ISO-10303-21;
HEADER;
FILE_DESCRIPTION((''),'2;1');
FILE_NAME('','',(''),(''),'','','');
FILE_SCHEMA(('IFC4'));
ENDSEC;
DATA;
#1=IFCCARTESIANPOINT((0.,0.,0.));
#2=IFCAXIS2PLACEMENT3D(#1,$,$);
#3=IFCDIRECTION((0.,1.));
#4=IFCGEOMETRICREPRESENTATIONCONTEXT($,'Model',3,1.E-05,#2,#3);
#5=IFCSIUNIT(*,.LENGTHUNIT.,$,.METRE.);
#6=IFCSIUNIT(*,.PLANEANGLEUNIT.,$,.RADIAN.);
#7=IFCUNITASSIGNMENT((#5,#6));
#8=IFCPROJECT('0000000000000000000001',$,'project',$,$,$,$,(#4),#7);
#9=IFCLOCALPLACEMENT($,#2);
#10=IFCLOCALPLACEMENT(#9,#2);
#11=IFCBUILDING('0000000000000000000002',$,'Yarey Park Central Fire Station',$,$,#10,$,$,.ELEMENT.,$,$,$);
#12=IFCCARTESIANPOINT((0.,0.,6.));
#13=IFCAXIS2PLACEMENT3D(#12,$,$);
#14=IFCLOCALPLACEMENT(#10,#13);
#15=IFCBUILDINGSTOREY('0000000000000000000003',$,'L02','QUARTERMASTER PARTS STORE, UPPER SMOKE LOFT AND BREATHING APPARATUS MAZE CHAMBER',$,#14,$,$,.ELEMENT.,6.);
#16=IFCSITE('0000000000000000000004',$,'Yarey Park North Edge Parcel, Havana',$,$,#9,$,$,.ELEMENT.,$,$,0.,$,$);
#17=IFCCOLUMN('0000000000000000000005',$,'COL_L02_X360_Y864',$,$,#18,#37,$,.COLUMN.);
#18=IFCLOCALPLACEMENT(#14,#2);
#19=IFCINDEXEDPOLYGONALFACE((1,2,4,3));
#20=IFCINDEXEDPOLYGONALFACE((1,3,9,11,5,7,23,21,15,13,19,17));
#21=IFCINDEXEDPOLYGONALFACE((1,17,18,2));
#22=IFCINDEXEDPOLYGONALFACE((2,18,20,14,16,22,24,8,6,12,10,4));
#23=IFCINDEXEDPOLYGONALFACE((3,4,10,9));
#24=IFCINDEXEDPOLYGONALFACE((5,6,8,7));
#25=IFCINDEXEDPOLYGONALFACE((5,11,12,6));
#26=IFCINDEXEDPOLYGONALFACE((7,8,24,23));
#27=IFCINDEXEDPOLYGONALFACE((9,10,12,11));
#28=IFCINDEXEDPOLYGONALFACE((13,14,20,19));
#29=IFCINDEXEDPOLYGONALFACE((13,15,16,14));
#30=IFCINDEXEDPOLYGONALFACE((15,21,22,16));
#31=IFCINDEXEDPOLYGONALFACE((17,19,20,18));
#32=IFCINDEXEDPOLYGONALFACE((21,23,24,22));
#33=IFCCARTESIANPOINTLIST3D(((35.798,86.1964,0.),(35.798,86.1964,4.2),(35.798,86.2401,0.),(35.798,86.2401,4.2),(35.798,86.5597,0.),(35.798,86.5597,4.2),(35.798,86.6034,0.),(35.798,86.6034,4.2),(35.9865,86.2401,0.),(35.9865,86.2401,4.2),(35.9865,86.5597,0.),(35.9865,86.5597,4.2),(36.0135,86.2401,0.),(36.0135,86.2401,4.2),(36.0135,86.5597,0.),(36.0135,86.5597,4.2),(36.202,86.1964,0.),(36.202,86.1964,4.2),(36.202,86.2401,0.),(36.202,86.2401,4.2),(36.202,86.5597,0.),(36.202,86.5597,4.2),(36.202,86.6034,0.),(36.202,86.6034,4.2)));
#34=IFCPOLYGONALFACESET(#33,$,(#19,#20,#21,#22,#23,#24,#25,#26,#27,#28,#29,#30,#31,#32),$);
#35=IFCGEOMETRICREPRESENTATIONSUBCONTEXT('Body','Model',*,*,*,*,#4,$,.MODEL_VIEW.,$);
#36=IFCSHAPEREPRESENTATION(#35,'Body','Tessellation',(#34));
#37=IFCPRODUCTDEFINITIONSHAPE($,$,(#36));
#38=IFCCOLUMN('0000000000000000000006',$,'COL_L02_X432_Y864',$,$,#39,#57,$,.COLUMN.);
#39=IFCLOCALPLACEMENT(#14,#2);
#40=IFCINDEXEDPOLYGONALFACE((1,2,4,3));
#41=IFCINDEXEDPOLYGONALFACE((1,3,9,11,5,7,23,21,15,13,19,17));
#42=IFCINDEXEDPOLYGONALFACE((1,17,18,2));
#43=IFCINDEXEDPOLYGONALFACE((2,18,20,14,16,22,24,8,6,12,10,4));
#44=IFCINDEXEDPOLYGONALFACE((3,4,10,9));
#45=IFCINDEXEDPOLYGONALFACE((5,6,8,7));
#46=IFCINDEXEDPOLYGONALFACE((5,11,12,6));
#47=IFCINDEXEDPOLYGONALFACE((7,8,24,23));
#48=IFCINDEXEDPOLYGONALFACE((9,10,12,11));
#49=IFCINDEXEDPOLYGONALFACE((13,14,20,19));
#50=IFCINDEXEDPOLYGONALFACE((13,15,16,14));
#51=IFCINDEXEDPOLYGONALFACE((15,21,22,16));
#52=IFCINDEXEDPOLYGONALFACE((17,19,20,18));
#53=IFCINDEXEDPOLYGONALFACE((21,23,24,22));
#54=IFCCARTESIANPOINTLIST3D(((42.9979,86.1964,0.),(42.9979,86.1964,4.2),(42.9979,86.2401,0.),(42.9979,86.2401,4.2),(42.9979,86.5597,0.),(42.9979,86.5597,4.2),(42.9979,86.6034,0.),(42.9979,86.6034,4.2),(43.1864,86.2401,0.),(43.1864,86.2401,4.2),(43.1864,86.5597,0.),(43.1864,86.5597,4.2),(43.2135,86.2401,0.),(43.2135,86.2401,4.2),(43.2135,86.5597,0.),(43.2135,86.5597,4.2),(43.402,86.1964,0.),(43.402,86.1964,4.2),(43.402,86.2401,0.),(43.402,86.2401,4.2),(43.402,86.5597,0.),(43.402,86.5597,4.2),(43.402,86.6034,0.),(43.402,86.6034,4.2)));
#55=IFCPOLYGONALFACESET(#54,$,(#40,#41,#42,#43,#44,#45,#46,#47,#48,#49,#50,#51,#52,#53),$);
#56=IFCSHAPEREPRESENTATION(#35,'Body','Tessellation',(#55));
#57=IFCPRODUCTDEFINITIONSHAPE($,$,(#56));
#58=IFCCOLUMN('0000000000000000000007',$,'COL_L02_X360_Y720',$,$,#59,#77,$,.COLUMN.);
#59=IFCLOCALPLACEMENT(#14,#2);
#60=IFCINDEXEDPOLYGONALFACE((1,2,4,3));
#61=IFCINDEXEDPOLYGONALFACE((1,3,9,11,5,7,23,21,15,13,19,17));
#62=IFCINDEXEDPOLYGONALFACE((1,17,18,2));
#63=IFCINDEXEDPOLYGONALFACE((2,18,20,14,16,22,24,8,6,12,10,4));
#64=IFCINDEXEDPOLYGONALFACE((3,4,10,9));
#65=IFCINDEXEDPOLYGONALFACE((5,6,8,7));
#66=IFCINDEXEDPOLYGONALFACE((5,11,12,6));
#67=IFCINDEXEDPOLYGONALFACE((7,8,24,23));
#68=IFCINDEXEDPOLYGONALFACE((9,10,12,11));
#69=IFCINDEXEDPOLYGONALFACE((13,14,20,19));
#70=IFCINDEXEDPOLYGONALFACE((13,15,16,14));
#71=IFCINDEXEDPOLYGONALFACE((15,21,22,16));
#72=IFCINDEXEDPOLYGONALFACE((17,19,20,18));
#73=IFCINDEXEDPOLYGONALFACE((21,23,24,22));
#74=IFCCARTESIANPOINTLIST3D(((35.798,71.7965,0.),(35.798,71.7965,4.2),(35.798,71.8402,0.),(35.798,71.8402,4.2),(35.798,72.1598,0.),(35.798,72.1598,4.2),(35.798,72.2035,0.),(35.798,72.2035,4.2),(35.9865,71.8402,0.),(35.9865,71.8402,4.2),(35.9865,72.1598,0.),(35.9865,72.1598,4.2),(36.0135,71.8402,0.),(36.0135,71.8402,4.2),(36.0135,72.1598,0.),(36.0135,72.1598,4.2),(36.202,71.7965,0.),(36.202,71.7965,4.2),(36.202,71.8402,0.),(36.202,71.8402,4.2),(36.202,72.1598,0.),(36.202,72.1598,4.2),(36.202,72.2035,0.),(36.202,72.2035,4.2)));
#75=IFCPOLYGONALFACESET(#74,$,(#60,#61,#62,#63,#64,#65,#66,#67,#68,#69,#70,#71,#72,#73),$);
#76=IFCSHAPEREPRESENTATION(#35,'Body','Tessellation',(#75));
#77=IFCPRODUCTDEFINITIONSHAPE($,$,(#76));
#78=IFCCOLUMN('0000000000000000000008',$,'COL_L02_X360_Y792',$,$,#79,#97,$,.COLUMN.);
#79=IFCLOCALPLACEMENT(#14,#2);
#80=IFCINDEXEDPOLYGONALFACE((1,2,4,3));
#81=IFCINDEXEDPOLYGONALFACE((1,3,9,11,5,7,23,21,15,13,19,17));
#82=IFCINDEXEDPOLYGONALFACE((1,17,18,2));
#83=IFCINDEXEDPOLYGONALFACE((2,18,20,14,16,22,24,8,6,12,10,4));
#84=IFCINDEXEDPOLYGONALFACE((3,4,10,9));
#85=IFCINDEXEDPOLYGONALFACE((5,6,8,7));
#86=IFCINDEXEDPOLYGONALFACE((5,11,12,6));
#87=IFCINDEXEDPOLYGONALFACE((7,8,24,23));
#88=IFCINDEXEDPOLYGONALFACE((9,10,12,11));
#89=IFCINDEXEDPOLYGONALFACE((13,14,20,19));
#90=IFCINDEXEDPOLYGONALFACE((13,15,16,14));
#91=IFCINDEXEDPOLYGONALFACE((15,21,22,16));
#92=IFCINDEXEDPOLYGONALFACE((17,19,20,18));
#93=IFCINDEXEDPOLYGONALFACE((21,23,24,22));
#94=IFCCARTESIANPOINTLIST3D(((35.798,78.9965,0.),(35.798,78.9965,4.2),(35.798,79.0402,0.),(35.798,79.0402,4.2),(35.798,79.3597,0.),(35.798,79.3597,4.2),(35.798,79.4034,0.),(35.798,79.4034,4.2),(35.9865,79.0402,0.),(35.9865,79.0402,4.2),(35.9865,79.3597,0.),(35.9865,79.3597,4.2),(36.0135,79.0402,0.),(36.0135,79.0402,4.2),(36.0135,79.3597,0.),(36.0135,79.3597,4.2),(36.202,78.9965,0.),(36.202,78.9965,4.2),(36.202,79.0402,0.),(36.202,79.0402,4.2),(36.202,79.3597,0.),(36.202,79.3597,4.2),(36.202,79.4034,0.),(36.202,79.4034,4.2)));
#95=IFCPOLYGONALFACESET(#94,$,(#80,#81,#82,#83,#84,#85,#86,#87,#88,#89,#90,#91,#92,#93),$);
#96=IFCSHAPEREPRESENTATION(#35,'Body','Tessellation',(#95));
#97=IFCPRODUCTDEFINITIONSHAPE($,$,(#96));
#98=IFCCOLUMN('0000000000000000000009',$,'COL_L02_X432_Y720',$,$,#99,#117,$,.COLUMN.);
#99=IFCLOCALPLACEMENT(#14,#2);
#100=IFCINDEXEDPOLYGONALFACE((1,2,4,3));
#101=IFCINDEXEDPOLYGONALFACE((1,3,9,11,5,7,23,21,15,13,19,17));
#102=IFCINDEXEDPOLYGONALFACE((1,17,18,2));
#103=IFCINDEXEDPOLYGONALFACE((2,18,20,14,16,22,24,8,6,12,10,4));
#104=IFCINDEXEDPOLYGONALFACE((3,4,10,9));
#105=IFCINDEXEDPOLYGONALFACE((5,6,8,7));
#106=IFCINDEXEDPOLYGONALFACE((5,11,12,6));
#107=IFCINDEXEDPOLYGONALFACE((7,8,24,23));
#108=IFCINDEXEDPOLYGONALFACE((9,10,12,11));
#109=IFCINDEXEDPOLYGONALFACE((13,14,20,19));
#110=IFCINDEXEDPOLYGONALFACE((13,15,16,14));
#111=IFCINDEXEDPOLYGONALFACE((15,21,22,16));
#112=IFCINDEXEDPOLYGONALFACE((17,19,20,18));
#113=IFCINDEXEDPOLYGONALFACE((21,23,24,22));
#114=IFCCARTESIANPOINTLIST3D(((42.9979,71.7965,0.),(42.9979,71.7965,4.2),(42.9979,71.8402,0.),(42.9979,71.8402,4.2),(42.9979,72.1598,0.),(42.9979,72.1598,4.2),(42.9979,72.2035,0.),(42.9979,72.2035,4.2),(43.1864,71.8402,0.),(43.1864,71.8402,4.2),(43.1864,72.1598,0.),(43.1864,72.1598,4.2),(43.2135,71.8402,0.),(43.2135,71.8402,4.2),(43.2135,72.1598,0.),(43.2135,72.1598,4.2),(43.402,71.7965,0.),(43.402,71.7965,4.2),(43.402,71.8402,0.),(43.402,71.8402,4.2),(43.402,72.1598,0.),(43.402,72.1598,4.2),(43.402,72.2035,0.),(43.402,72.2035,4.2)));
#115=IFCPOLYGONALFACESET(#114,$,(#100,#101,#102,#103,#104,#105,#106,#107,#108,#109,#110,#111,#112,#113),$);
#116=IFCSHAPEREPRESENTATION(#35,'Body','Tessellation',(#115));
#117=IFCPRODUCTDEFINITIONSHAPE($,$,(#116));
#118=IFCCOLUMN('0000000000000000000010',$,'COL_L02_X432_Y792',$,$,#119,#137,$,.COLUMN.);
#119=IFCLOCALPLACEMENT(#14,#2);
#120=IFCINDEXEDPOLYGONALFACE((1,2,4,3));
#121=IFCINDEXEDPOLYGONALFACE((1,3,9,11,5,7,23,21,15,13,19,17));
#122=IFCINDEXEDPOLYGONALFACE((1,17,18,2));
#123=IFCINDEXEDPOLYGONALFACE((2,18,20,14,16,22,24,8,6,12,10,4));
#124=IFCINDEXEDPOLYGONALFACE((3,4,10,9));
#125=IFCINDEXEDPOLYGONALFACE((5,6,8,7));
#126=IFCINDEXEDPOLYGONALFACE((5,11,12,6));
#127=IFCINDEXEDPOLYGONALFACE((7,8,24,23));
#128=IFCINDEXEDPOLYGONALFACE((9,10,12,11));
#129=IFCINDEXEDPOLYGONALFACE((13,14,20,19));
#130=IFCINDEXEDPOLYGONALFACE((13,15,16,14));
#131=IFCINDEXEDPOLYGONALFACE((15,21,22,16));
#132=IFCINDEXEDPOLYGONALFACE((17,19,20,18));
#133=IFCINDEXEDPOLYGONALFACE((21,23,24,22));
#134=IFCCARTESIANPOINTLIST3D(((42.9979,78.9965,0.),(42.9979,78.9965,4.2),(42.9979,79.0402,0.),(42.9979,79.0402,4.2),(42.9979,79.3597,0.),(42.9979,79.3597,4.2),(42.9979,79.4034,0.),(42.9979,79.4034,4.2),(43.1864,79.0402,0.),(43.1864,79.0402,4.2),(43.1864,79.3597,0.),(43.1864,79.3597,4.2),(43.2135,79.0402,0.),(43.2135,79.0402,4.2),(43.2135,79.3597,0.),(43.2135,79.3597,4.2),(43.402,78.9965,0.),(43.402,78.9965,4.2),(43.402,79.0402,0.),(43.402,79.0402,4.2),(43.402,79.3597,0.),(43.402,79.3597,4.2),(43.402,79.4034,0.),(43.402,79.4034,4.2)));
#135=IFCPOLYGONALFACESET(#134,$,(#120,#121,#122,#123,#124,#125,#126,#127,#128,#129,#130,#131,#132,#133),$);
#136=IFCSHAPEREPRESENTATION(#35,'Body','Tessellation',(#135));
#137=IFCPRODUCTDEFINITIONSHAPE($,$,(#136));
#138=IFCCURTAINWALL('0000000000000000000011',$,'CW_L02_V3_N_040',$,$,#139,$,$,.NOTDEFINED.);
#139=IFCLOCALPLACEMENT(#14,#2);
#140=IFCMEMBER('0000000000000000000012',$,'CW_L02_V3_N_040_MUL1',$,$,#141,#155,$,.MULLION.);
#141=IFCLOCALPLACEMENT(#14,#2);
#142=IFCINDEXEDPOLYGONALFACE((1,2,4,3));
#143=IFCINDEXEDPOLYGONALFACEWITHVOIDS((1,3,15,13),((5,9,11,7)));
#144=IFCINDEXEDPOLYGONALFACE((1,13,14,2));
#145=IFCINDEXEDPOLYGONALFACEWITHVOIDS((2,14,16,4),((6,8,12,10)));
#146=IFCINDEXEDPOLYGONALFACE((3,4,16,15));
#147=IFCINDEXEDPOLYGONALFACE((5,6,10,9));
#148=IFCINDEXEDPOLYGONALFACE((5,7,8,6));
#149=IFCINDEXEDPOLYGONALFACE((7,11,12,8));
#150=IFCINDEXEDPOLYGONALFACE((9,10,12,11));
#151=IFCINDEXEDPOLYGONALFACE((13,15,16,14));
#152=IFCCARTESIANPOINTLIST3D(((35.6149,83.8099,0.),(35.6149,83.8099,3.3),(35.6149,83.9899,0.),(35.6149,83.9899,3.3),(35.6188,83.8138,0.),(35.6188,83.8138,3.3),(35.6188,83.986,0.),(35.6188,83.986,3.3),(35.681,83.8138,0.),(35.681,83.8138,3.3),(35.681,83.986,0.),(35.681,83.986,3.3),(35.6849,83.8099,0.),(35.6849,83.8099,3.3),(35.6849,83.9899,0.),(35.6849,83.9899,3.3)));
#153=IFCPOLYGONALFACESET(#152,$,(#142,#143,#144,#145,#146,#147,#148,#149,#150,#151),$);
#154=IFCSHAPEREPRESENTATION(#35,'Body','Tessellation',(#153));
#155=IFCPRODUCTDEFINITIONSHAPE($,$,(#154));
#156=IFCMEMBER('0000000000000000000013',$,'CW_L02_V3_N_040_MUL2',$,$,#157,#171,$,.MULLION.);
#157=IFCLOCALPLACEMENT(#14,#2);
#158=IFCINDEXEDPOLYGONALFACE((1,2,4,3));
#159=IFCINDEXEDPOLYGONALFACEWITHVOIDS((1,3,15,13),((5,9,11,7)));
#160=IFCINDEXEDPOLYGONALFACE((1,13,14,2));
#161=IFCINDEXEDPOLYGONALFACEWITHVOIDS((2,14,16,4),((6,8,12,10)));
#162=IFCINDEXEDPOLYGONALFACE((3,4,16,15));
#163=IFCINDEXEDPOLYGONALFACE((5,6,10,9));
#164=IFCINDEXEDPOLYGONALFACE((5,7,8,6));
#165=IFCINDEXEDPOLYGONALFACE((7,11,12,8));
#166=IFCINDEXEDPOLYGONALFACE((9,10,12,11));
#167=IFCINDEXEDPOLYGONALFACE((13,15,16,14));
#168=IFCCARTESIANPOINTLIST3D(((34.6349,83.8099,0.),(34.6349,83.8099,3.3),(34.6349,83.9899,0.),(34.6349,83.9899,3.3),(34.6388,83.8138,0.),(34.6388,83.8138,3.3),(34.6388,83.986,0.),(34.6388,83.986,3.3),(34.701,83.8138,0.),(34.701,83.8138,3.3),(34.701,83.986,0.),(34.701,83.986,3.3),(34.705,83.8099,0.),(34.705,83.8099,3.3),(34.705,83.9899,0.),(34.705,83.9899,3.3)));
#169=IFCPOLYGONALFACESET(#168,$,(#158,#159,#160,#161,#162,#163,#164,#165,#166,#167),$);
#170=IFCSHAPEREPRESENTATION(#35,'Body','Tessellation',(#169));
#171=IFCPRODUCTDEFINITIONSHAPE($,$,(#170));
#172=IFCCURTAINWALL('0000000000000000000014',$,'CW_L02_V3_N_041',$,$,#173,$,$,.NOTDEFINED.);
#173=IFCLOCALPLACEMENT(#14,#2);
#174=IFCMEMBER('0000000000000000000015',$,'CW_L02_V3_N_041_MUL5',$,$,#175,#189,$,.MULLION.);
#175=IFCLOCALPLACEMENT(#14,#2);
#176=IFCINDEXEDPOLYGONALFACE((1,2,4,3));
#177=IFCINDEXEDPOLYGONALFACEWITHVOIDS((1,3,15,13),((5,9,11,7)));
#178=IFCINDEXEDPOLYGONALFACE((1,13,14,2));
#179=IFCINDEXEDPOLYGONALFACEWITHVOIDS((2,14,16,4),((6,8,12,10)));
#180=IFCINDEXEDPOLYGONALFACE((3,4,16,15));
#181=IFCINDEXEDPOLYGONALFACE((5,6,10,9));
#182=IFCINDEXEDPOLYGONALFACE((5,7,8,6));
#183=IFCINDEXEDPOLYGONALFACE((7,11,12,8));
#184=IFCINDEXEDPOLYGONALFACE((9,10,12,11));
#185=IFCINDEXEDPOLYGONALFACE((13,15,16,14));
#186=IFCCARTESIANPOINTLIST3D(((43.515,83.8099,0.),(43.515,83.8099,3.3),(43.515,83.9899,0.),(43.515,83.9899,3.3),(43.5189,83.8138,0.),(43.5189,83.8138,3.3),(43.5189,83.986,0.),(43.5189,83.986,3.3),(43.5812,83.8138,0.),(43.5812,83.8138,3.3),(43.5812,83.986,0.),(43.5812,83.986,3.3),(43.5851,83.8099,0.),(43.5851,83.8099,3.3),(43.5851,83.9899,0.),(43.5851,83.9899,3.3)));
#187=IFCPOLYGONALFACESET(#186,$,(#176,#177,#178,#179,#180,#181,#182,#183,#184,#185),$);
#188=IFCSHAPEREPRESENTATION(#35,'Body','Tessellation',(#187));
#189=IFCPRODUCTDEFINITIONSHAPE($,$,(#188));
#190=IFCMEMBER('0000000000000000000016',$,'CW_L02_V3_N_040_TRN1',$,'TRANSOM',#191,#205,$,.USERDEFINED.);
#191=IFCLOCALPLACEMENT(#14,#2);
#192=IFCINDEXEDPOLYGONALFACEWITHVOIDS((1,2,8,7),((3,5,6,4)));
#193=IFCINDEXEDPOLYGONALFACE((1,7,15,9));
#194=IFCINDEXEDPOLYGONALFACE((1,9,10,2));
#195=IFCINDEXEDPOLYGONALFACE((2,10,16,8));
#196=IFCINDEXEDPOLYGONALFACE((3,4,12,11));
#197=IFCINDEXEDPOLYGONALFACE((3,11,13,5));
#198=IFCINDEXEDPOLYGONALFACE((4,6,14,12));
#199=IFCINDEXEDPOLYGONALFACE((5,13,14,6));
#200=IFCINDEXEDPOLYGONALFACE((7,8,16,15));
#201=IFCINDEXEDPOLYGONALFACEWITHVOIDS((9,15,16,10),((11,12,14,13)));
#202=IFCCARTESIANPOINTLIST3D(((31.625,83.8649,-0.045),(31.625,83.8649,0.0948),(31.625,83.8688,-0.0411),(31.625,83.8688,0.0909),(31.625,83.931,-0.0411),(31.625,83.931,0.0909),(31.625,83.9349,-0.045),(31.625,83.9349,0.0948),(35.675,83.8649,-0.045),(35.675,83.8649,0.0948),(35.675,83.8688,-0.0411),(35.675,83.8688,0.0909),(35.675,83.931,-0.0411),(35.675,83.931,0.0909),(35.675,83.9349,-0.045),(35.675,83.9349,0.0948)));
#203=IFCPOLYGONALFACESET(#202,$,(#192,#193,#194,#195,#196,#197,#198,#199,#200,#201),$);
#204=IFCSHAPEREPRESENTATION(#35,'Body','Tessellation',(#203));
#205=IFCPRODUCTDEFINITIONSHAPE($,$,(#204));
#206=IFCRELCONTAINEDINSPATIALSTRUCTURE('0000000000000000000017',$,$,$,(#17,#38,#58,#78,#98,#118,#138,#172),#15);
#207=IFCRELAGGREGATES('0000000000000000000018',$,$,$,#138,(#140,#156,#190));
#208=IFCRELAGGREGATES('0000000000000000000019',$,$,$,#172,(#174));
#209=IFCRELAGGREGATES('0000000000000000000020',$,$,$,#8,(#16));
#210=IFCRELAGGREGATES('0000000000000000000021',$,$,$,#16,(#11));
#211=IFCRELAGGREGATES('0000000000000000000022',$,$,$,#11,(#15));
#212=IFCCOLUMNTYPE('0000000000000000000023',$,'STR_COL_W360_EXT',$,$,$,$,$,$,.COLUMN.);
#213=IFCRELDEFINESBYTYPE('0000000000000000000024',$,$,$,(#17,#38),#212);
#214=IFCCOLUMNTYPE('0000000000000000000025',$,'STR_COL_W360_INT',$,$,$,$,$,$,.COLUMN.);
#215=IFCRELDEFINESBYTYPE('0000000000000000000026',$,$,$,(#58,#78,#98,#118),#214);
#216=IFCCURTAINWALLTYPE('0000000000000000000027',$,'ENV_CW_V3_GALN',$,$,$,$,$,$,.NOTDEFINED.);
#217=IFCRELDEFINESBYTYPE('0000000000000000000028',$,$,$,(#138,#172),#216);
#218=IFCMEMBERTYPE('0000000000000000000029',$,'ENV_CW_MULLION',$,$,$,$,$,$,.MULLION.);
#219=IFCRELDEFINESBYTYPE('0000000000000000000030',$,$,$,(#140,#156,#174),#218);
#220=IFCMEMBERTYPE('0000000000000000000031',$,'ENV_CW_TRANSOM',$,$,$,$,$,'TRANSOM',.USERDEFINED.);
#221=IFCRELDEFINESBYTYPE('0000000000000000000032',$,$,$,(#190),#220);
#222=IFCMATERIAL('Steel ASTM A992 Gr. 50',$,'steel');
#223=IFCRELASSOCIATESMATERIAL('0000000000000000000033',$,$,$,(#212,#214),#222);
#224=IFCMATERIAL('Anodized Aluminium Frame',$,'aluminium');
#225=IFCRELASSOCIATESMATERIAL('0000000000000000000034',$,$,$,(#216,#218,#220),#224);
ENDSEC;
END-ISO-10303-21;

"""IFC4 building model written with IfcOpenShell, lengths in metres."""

from ifc_helpers import new_model, si_unit, direction, frame, origin, origin_2d, place, context, subcontext, project, spatial, hollow_rectangle, i_section, extrude, material, material_profile, profile_set, type_object, element, aggregate, save


model = new_model("IFC4")

# Units and contexts
model_context = context("Model", 3, precision=1e-05, world=origin(), true_north=direction((0.0, 1.0)))
body_context = subcontext(model_context, "Body", "Model", "MODEL_VIEW")
ifc_project = project(units=[si_unit("LENGTHUNIT", "METRE"), si_unit("PLANEANGLEUNIT", "RADIAN")], contexts=[model_context])

# Site, building, storey
site_placement = place(None, origin())
site = spatial("IfcSite", under=ifc_project, at=site_placement, Name="Yarey Park North Edge Parcel, Havana", CompositionType="ELEMENT", RefElevation=0.0)
building_placement = place(site_placement, origin())
building = spatial("IfcBuilding", under=site, at=building_placement, Name="Yarey Park Central Fire Station", CompositionType="ELEMENT")
storey_placement = place(building_placement, frame((0.0, 0.0, 6.0)))
storey = spatial("IfcBuildingStorey", under=building, at=storey_placement, Name="L02", Description="QUARTERMASTER PARTS STORE, UPPER SMOKE LOFT AND BREATHING APPARATUS MAZE CHAMBER", CompositionType="ELEMENT", Elevation=6.0)

# Columns
ifc_material_1 = material(Name="Steel ASTM A992 Gr. 50", Category="steel")
ifc_material_profile_1 = material_profile(ifc_material_1, i_section(OverallWidth=0.4041, OverallDepth=0.407, WebThickness=0.0271, FlangeThickness=0.0437, at=origin_2d()), Name="W360x347")
ifc_profile_set_1 = profile_set([ifc_material_profile_1], Name="Steel ASTM A992 Gr. 50")
column_type_1 = type_object("IfcColumnType", Name="STR_COL_W360_EXT", PredefinedType="COLUMN", material=ifc_profile_set_1)
for number, where, z_axis, x_axis, name in (
    (1, (36.0, 86.3999, 0.0), (0.0, 0.0, 1.0), (1.0, 0.0, 0.0), "COL_L02_X360_Y864"),
    (2, (43.2, 86.3999, 0.0), (0.0, 0.0, 1.0), (1.0, 0.0, 0.0), "COL_L02_X432_Y864"),
):
    element("IfcColumn", number, at=place(storey_placement, frame(where, z_axis=z_axis, x_axis=x_axis)), inside=storey, type_object=column_type_1, Name=name, PredefinedType="COLUMN", context=body_context, shape_type="SweptSolid", body=[
        extrude(i_section(OverallWidth=0.4041, OverallDepth=0.407, WebThickness=0.0271, FlangeThickness=0.0437, at=origin_2d()), origin(), (0.0, 0.0, 1.0), 4.2),
    ])
ifc_material_profile_2 = material_profile(ifc_material_1, i_section(OverallWidth=0.4041, OverallDepth=0.407, WebThickness=0.0271, FlangeThickness=0.0437, at=origin_2d()), Name="W360x347")
ifc_profile_set_2 = profile_set([ifc_material_profile_2], Name="Steel ASTM A992 Gr. 50")
column_type_2 = type_object("IfcColumnType", Name="STR_COL_W360_INT", PredefinedType="COLUMN", material=ifc_profile_set_2)
for number, where, z_axis, x_axis, name in (
    (3, (36.0, 72.0, 0.0), (0.0, 0.0, 1.0), (1.0, 0.0, 0.0), "COL_L02_X360_Y720"),
    (4, (36.0, 79.2, 0.0), (0.0, 0.0, 1.0), (1.0, 0.0, 0.0), "COL_L02_X360_Y792"),
    (5, (43.2, 72.0, 0.0), (0.0, 0.0, 1.0), (1.0, 0.0, 0.0), "COL_L02_X432_Y720"),
    (6, (43.2, 79.2, 0.0), (0.0, 0.0, 1.0), (1.0, 0.0, 0.0), "COL_L02_X432_Y792"),
):
    element("IfcColumn", number, at=place(storey_placement, frame(where, z_axis=z_axis, x_axis=x_axis)), inside=storey, type_object=column_type_2, Name=name, PredefinedType="COLUMN", context=body_context, shape_type="SweptSolid", body=[
        extrude(i_section(OverallWidth=0.4041, OverallDepth=0.407, WebThickness=0.0271, FlangeThickness=0.0437, at=origin_2d()), origin(), (0.0, 0.0, 1.0), 4.2),
    ])

# Curtain wall, members
ifc_material_2 = material(Name="Anodized Aluminium Frame", Category="aluminium")
curtain_wall_type = type_object("IfcCurtainWallType", Name="ENV_CW_V3_GALN", PredefinedType="NOTDEFINED", material=ifc_material_2)
curtain_wall_1_placement = place(storey_placement, origin())
curtain_wall_1 = element("IfcCurtainWall", 7, at=curtain_wall_1_placement, inside=storey, type_object=curtain_wall_type, Name="CW_L02_V3_N_040", PredefinedType="NOTDEFINED")
ifc_material_profile_3 = material_profile(ifc_material_2, hollow_rectangle(XDim=0.0701, YDim=0.1799, WallThickness=0.0039, at=origin_2d()), Name="ALU 180x70x4")
ifc_profile_set_3 = profile_set([ifc_material_profile_3], Name="Anodized Aluminium Frame")
member_type_1 = type_object("IfcMemberType", Name="ENV_CW_MULLION", PredefinedType="MULLION", material=ifc_profile_set_3)
member_1_placement = place(storey_placement, frame((35.6499, 83.8999, 0.0), z_axis=(0.0, 0.0, 1.0), x_axis=(1.0, 0.0, 0.0)))
member_1 = element("IfcMember", 8, at=member_1_placement, type_object=member_type_1, Name="CW_L02_V3_N_040_MUL1", PredefinedType="MULLION", context=body_context, shape_type="SweptSolid", body=[
    extrude(hollow_rectangle(XDim=0.0701, YDim=0.1799, WallThickness=0.0039, at=origin_2d()), origin(), (0.0, 0.0, 1.0), 3.3),
])
member_2_placement = place(storey_placement, frame((34.6699, 83.8999, 0.0), z_axis=(0.0, 0.0, 1.0), x_axis=(1.0, 0.0, 0.0)))
member_2 = element("IfcMember", 9, at=member_2_placement, type_object=member_type_1, Name="CW_L02_V3_N_040_MUL2", PredefinedType="MULLION", context=body_context, shape_type="SweptSolid", body=[
    extrude(hollow_rectangle(XDim=0.0701, YDim=0.1799, WallThickness=0.0039, at=origin_2d()), origin(), (0.0, 0.0, 1.0), 3.3),
])

# Curtain wall, member
curtain_wall_2_placement = place(storey_placement, origin())
curtain_wall_2 = element("IfcCurtainWall", 10, at=curtain_wall_2_placement, inside=storey, type_object=curtain_wall_type, Name="CW_L02_V3_N_041", PredefinedType="NOTDEFINED")
member_3_placement = place(storey_placement, frame((43.55, 83.8999, 0.0), z_axis=(0.0, 0.0, 1.0), x_axis=(1.0, 0.0, 0.0)))
member_3 = element("IfcMember", 11, at=member_3_placement, type_object=member_type_1, Name="CW_L02_V3_N_041_MUL5", PredefinedType="MULLION", context=body_context, shape_type="SweptSolid", body=[
    extrude(hollow_rectangle(XDim=0.0701, YDim=0.1799, WallThickness=0.0039, at=origin_2d()), origin(), (0.0, 0.0, 1.0), 3.3),
])

# Member
ifc_material_profile_4 = material_profile(ifc_material_2, hollow_rectangle(XDim=0.0701, YDim=0.1399, WallThickness=0.0039, at=origin_2d()), Name="ALU 140x70x4")
ifc_profile_set_4 = profile_set([ifc_material_profile_4], Name="Anodized Aluminium Frame")
member_type_2 = type_object("IfcMemberType", Name="ENV_CW_TRANSOM", ElementType="TRANSOM", PredefinedType="USERDEFINED", material=ifc_profile_set_4)
member_4_placement = place(storey_placement, frame((35.675, 83.8999, 0.0249), z_axis=(-1.0, 0.0, 0.0), x_axis=(0.0, -1.0, 0.0)))
member_4 = element("IfcMember", 12, at=member_4_placement, type_object=member_type_2, Name="CW_L02_V3_N_040_TRN1", ObjectType="TRANSOM", PredefinedType="USERDEFINED", context=body_context, shape_type="SweptSolid", body=[
    extrude(hollow_rectangle(XDim=0.0701, YDim=0.1399, WallThickness=0.0039, at=origin_2d()), origin(), (0.0, 0.0, 1.0), 4.05),
])

aggregate(curtain_wall_1, [member_1, member_2, member_4])
aggregate(curtain_wall_2, [member_3])

save(model, "model.ifc")
